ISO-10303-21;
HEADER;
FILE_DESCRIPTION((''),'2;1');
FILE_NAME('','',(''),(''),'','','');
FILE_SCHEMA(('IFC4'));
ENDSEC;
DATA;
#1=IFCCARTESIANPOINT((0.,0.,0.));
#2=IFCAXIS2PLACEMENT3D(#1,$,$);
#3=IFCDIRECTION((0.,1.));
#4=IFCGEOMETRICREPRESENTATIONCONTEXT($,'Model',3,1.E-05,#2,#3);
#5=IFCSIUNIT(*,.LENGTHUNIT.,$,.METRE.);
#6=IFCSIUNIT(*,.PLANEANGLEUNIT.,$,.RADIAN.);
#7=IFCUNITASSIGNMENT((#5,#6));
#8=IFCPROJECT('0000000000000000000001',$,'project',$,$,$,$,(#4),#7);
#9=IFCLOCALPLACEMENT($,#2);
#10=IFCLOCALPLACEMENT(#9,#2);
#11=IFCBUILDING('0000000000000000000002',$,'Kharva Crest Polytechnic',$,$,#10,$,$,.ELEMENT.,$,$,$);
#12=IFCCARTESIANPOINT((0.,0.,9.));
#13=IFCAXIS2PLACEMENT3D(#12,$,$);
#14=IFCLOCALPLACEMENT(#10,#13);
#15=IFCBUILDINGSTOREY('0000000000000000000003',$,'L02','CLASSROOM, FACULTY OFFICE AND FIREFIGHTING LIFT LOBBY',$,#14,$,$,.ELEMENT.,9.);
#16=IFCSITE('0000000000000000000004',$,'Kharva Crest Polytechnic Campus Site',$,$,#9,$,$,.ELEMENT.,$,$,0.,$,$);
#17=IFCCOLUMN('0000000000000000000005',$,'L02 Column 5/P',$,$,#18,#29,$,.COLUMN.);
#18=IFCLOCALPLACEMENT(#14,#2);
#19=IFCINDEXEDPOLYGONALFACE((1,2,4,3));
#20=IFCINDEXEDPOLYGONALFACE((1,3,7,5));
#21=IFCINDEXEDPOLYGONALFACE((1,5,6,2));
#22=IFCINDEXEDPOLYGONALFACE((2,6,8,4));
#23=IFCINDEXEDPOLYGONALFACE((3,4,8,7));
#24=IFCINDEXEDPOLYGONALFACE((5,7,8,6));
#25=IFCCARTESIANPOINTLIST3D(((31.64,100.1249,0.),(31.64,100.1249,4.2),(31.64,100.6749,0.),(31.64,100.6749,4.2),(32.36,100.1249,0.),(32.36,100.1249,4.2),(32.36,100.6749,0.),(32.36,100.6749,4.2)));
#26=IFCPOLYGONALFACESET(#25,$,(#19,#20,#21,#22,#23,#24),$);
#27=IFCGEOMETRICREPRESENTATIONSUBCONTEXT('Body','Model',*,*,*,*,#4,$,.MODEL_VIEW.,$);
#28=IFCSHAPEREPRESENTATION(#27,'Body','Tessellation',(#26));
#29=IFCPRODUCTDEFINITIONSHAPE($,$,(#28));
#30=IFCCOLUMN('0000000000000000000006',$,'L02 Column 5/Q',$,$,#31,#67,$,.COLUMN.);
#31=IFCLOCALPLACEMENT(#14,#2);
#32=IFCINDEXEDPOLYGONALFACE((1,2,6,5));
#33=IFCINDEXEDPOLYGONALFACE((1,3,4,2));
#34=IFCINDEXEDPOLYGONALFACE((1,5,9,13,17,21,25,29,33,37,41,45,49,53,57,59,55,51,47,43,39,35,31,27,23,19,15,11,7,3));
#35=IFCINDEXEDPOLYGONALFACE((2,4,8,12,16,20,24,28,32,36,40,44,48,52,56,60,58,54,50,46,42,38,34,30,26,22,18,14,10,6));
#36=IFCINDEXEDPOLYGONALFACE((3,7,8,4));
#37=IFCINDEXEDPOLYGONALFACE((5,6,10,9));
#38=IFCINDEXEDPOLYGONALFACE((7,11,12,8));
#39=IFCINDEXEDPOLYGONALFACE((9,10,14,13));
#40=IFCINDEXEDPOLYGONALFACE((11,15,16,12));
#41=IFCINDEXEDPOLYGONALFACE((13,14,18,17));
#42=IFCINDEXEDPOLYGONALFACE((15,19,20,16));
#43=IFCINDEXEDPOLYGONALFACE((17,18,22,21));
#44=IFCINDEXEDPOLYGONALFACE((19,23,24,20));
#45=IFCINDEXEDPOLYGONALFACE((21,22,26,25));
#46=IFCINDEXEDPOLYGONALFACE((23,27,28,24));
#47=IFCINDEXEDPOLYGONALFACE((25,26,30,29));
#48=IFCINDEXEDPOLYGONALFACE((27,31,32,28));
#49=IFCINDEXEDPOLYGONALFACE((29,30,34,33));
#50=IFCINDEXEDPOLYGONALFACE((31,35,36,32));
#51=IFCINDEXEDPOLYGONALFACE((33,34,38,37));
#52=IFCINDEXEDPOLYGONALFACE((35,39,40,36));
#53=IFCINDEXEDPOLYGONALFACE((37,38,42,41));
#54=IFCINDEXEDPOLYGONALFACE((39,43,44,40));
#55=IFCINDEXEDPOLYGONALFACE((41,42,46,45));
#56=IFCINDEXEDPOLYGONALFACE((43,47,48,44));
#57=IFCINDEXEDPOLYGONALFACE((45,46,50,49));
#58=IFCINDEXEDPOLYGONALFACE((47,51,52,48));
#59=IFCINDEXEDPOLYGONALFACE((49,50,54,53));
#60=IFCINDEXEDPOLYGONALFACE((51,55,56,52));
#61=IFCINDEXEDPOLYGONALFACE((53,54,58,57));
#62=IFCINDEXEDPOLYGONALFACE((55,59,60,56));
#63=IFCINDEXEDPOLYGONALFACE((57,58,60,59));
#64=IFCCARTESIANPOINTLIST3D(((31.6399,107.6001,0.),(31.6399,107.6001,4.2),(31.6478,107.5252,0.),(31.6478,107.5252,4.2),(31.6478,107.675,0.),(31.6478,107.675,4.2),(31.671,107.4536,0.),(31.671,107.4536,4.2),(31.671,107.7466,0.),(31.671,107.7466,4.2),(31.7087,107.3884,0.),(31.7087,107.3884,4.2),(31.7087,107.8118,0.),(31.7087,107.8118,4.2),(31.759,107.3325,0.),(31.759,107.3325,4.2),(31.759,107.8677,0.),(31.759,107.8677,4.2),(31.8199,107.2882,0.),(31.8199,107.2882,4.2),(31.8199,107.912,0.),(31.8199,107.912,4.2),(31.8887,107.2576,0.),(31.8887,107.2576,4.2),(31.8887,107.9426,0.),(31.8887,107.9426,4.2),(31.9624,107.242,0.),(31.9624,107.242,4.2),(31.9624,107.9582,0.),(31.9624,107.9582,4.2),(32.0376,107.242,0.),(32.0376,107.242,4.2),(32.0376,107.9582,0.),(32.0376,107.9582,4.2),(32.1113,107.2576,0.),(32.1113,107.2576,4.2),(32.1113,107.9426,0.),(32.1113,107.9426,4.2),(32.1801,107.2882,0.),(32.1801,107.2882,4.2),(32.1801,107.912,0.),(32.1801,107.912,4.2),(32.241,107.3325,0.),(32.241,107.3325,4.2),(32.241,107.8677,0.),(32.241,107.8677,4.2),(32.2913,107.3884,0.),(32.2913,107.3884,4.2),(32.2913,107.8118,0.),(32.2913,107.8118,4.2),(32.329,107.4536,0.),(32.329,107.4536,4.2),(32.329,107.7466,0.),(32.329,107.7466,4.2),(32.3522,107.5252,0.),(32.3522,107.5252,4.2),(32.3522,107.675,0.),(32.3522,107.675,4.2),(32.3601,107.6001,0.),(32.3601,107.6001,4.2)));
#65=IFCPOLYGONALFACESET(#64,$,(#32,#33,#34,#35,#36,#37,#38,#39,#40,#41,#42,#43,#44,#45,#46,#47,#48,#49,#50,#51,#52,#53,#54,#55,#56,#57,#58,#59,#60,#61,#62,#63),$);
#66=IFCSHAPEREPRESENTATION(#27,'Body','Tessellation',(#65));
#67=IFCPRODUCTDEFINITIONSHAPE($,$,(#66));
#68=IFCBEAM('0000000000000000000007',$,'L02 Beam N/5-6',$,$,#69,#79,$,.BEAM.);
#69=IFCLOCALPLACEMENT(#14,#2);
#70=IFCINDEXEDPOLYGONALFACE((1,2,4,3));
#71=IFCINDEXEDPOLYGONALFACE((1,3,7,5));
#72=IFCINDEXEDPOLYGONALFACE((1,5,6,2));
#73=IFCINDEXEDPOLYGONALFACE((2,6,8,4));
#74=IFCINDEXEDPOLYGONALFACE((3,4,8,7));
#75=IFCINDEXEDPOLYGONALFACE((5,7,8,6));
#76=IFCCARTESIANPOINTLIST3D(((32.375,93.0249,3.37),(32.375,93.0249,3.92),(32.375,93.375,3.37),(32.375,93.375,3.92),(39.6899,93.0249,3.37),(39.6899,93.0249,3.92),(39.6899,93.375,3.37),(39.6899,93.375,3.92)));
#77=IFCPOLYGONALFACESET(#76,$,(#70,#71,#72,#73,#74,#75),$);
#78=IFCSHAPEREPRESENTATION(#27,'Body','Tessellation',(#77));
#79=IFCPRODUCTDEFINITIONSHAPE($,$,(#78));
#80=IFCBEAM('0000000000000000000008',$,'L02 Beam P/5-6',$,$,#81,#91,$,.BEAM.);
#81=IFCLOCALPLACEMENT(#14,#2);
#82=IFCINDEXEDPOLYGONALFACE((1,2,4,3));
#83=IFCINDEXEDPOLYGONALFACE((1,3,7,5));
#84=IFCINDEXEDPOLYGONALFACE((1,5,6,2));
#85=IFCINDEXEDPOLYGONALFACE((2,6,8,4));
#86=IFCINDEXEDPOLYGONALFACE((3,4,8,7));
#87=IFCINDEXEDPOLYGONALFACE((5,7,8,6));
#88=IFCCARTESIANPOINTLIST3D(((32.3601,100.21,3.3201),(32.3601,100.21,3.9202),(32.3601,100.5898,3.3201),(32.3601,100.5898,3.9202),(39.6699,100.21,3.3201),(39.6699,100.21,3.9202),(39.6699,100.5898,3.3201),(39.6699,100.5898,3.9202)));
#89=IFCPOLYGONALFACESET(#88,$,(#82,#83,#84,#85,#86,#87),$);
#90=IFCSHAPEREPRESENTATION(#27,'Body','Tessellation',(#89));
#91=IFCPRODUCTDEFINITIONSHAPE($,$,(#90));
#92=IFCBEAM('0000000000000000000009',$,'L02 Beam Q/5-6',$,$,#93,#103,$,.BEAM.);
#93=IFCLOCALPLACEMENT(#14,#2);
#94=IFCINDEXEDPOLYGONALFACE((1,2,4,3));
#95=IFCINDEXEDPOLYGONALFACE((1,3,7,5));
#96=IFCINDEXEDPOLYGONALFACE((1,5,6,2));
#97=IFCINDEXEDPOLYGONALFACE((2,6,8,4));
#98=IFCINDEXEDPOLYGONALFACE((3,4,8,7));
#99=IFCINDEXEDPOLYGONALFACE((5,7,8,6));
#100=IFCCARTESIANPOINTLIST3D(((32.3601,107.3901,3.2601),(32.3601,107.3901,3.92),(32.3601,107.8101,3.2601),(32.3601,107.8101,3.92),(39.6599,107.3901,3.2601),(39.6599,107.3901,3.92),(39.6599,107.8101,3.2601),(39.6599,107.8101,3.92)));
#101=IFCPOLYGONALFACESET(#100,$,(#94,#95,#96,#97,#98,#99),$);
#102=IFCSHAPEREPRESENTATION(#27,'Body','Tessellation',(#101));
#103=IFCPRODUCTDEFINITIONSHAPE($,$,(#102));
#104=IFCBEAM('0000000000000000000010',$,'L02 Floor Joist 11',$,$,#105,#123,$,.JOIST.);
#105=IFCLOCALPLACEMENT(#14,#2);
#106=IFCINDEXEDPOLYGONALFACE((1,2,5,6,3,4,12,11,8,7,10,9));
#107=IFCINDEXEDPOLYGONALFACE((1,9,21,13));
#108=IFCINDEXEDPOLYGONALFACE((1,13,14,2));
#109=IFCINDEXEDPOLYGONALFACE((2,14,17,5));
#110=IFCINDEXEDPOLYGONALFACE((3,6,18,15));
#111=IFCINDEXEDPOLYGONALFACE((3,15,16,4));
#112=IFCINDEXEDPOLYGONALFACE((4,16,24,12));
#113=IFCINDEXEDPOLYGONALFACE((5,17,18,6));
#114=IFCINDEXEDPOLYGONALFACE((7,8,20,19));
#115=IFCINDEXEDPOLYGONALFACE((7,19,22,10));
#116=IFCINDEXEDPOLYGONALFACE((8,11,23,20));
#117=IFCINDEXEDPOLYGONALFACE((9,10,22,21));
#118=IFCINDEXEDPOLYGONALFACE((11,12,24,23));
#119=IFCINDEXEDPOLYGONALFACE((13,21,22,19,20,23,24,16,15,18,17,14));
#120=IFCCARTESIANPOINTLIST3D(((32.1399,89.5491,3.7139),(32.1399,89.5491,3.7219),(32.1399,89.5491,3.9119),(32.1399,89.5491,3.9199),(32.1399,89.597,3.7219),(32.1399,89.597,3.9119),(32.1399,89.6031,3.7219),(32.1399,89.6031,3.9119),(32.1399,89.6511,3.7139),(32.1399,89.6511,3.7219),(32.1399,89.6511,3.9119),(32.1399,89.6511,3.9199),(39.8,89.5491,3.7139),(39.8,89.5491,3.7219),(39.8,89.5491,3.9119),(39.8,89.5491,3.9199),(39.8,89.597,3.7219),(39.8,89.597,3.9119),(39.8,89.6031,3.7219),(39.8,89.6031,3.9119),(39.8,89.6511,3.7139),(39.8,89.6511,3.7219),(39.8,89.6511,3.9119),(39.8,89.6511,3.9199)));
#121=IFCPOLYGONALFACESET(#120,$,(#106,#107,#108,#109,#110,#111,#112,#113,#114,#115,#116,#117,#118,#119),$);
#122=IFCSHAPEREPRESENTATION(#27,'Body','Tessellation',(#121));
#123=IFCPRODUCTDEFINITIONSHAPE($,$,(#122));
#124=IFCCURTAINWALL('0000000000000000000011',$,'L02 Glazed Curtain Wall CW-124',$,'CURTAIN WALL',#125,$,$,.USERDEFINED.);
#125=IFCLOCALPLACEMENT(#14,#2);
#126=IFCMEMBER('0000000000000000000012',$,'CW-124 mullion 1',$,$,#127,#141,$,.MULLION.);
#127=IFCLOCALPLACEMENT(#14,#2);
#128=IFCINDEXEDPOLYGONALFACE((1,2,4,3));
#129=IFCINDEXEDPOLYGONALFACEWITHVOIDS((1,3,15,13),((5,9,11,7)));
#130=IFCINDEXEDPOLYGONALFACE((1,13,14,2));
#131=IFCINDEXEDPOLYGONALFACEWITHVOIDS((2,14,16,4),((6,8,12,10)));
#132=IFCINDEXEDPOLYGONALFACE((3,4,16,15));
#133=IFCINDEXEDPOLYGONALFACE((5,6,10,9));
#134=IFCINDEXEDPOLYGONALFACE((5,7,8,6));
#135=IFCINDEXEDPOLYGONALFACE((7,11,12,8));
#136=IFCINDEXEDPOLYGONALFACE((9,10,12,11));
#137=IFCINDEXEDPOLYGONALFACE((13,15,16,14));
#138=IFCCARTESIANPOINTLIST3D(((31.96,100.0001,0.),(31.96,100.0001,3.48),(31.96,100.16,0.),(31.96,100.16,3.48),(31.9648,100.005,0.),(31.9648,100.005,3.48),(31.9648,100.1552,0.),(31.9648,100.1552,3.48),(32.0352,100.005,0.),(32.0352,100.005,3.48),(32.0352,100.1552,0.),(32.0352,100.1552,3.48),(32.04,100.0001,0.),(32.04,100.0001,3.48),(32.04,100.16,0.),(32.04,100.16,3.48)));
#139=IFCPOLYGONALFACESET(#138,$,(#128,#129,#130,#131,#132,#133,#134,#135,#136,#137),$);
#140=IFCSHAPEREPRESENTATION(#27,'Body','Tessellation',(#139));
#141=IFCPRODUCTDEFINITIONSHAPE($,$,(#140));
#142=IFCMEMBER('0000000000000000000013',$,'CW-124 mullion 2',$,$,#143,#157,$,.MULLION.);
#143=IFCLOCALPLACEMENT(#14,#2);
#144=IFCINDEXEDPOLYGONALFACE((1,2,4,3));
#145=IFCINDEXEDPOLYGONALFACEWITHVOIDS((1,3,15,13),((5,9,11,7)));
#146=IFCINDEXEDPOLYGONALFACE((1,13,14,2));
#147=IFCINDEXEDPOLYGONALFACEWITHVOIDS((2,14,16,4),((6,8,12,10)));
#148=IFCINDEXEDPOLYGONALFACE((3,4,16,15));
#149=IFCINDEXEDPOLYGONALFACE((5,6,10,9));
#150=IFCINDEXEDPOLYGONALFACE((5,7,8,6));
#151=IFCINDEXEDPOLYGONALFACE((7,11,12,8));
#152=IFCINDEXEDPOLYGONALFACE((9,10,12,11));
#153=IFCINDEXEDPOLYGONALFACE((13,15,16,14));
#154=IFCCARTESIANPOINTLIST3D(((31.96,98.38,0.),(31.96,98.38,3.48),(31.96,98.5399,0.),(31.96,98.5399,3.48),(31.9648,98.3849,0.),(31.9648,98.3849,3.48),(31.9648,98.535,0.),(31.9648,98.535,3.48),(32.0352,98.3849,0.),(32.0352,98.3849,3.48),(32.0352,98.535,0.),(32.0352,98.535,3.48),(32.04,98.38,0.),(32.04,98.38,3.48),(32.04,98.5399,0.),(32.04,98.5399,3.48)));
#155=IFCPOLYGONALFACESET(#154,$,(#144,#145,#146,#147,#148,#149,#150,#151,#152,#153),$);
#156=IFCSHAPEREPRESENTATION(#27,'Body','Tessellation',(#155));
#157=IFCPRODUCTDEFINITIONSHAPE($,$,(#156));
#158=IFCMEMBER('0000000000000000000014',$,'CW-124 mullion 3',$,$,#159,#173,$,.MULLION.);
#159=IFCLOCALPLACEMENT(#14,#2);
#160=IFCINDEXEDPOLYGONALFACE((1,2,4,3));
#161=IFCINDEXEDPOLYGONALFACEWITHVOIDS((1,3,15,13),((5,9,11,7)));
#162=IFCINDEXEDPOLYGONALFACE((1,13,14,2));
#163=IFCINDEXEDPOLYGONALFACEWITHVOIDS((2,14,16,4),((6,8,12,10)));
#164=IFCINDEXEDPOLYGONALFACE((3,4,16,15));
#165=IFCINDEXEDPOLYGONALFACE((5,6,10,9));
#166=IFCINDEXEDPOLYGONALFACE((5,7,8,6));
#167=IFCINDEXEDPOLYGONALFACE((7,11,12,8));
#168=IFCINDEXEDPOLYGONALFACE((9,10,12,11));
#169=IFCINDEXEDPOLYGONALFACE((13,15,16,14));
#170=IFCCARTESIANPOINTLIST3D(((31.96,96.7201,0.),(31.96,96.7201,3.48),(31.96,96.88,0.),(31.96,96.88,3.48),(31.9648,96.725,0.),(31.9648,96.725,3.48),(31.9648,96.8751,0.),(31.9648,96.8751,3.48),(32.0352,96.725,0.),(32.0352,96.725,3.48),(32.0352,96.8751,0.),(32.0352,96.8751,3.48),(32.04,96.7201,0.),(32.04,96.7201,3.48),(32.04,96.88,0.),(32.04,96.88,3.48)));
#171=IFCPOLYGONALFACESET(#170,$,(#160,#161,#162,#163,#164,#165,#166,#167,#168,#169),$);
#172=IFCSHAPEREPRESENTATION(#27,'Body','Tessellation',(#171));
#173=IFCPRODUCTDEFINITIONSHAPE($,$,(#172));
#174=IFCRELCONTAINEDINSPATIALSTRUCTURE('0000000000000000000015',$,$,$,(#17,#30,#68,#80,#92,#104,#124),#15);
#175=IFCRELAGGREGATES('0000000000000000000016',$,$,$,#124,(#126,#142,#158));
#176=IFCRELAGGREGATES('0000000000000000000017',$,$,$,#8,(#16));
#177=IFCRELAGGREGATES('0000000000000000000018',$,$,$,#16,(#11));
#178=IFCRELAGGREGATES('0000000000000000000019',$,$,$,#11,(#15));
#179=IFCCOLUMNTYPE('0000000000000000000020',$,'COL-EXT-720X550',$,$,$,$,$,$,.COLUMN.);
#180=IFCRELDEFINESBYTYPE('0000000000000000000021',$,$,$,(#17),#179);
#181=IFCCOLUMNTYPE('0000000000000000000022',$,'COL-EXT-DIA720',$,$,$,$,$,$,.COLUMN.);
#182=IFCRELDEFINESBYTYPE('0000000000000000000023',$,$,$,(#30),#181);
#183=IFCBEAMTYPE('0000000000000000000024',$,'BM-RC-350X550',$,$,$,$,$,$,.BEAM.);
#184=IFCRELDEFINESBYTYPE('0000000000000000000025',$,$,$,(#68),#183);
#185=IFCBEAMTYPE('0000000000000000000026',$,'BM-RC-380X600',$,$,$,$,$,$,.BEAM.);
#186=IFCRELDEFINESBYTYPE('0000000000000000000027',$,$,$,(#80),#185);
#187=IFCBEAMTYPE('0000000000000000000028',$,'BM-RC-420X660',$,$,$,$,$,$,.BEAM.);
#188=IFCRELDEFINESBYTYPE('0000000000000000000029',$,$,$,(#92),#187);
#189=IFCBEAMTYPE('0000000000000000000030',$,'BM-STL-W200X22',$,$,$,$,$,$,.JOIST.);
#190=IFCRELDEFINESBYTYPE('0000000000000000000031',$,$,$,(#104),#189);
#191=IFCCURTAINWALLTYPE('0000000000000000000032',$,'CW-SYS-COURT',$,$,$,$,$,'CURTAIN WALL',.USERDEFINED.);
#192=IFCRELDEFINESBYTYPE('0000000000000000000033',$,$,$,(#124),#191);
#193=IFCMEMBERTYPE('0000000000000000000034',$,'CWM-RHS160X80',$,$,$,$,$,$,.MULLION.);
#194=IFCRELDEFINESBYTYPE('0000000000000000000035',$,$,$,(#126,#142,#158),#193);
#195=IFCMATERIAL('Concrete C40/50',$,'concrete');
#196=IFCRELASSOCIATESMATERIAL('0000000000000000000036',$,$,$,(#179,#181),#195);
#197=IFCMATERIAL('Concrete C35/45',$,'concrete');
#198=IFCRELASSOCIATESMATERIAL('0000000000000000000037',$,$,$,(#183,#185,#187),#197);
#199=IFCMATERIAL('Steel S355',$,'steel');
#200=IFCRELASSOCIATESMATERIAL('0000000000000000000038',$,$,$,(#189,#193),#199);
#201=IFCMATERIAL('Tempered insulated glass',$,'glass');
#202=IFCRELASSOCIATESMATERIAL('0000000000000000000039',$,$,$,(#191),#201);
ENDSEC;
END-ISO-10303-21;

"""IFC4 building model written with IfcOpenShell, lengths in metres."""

from ifc_helpers import new_model, si_unit, direction, frame, origin, origin_2d, place, context, subcontext, project, spatial, rectangle, hollow_rectangle, circle, i_section, extrude, material, material_profile, profile_set, type_object, element, aggregate, save


model = new_model("IFC4")

# Units and contexts
model_context = context("Model", 3, precision=1e-05, world=origin(), true_north=direction((0.0, 1.0)))
body_context = subcontext(model_context, "Body", "Model", "MODEL_VIEW")
ifc_project = project(units=[si_unit("LENGTHUNIT", "METRE"), si_unit("PLANEANGLEUNIT", "RADIAN")], contexts=[model_context])

# Site, building, storey
site_placement = place(None, origin())
site = spatial("IfcSite", under=ifc_project, at=site_placement, Name="Kharva Crest Polytechnic Campus Site", CompositionType="ELEMENT", RefElevation=0.0)
building_placement = place(site_placement, origin())
building = spatial("IfcBuilding", under=site, at=building_placement, Name="Kharva Crest Polytechnic", CompositionType="ELEMENT")
storey_placement = place(building_placement, frame((0.0, 0.0, 9.0)))
storey = spatial("IfcBuildingStorey", under=building, at=storey_placement, Name="L02", Description="CLASSROOM, FACULTY OFFICE AND FIREFIGHTING LIFT LOBBY", CompositionType="ELEMENT", Elevation=9.0)

# Columns
ifc_material_1 = material(Name="Concrete C40/50", Category="concrete")
ifc_material_profile_1 = material_profile(ifc_material_1, rectangle(XDim=0.72, YDim=0.55, at=origin_2d()), Name="RECT 720 X 550")
ifc_profile_set_1 = profile_set([ifc_material_profile_1], Name="Concrete C40/50")
column_type_1 = type_object("IfcColumnType", Name="COL-EXT-720X550", PredefinedType="COLUMN", material=ifc_profile_set_1)
column_1_placement = place(storey_placement, frame((32.0, 100.3999, 0.0), z_axis=(0.0, 0.0, 1.0), x_axis=(1.0, 0.0, 0.0)))
element("IfcColumn", 1, at=column_1_placement, inside=storey, type_object=column_type_1, Name="L02 Column 5/P", PredefinedType="COLUMN", context=body_context, shape_type="SweptSolid", body=[
    extrude(rectangle(XDim=0.72, YDim=0.55, at=origin_2d()), origin(), (0.0, 0.0, 1.0), 4.2),
])
ifc_material_profile_2 = material_profile(ifc_material_1, circle(Radius=0.3601, at=origin_2d()), Name="DIA 720")
ifc_profile_set_2 = profile_set([ifc_material_profile_2], Name="Concrete C40/50")
column_type_2 = type_object("IfcColumnType", Name="COL-EXT-DIA720", PredefinedType="COLUMN", material=ifc_profile_set_2)
column_2_placement = place(storey_placement, frame((32.0, 107.6001, 0.0), z_axis=(0.0, 0.0, 1.0), x_axis=(1.0, 0.0, 0.0)))
element("IfcColumn", 2, at=column_2_placement, inside=storey, type_object=column_type_2, Name="L02 Column 5/Q", PredefinedType="COLUMN", context=body_context, shape_type="SweptSolid", body=[
    extrude(circle(Radius=0.3601, at=origin_2d()), origin(), (0.0, 0.0, 1.0), 4.2),
])

# Beams
ifc_material_2 = material(Name="Concrete C35/45", Category="concrete")
ifc_material_profile_3 = material_profile(ifc_material_2, rectangle(XDim=0.3501, YDim=0.55, at=origin_2d()), Name="RECT 350 X 550")
ifc_profile_set_3 = profile_set([ifc_material_profile_3], Name="Concrete C35/45")
beam_type_1 = type_object("IfcBeamType", Name="BM-RC-350X550", PredefinedType="BEAM", material=ifc_profile_set_3)
beam_1_placement = place(storey_placement, frame((32.375, 93.2, 3.645), z_axis=(1.0, 0.0, 0.0), x_axis=(0.0, 1.0, 0.0)))
element("IfcBeam", 3, at=beam_1_placement, inside=storey, type_object=beam_type_1, Name="L02 Beam N/5-6", PredefinedType="BEAM", context=body_context, shape_type="SweptSolid", body=[
    extrude(rectangle(XDim=0.3501, YDim=0.55, at=origin_2d()), origin(), (0.0, 0.0, 1.0), 7.3149),
])
ifc_material_profile_4 = material_profile(ifc_material_2, rectangle(XDim=0.3799, YDim=0.6001, at=origin_2d()), Name="RECT 380 X 600")
ifc_profile_set_4 = profile_set([ifc_material_profile_4], Name="Concrete C35/45")
beam_type_2 = type_object("IfcBeamType", Name="BM-RC-380X600", PredefinedType="BEAM", material=ifc_profile_set_4)
beam_2_placement = place(storey_placement, frame((32.3601, 100.3999, 3.6201), z_axis=(1.0, 0.0, 0.0), x_axis=(0.0, 1.0, 0.0)))
element("IfcBeam", 4, at=beam_2_placement, inside=storey, type_object=beam_type_2, Name="L02 Beam P/5-6", PredefinedType="BEAM", context=body_context, shape_type="SweptSolid", body=[
    extrude(rectangle(XDim=0.3799, YDim=0.6001, at=origin_2d()), origin(), (0.0, 0.0, 1.0), 7.3098),
])
ifc_material_profile_5 = material_profile(ifc_material_2, rectangle(XDim=0.4199, YDim=0.6599, at=origin_2d()), Name="RECT 420 X 660")
ifc_profile_set_5 = profile_set([ifc_material_profile_5], Name="Concrete C35/45")
beam_type_3 = type_object("IfcBeamType", Name="BM-RC-420X660", PredefinedType="BEAM", material=ifc_profile_set_5)
beam_3_placement = place(storey_placement, frame((32.3601, 107.6001, 3.5901), z_axis=(1.0, 0.0, 0.0), x_axis=(0.0, 1.0, 0.0)))
element("IfcBeam", 5, at=beam_3_placement, inside=storey, type_object=beam_type_3, Name="L02 Beam Q/5-6", PredefinedType="BEAM", context=body_context, shape_type="SweptSolid", body=[
    extrude(rectangle(XDim=0.4199, YDim=0.6599, at=origin_2d()), origin(), (0.0, 0.0, 1.0), 7.2998),
])
ifc_material_3 = material(Name="Steel S355", Category="steel")
ifc_material_profile_6 = material_profile(ifc_material_3, i_section(OverallWidth=0.1021, OverallDepth=0.2061, WebThickness=0.0061, FlangeThickness=0.0081, at=origin_2d()), Name="W200X22.5")
ifc_profile_set_6 = profile_set([ifc_material_profile_6], Name="Steel S355")
beam_type_4 = type_object("IfcBeamType", Name="BM-STL-W200X22", PredefinedType="JOIST", material=ifc_profile_set_6)
beam_4_placement = place(storey_placement, frame((32.1399, 89.6001, 3.8169), z_axis=(1.0, 0.0, 0.0), x_axis=(0.0, 1.0, 0.0)))
element("IfcBeam", 6, at=beam_4_placement, inside=storey, type_object=beam_type_4, Name="L02 Floor Joist 11", PredefinedType="JOIST", context=body_context, shape_type="SweptSolid", body=[
    extrude(i_section(OverallWidth=0.1021, OverallDepth=0.2061, WebThickness=0.0061, FlangeThickness=0.0081, at=origin_2d()), origin(), (0.0, 0.0, 1.0), 7.6602),
])

# Curtain wall, members
ifc_material_4 = material(Name="Tempered insulated glass", Category="glass")
curtain_wall_type_1 = type_object("IfcCurtainWallType", Name="CW-SYS-COURT", ElementType="CURTAIN WALL", PredefinedType="USERDEFINED", material=ifc_material_4)
curtain_wall_1_placement = place(storey_placement, origin())
curtain_wall_1 = element("IfcCurtainWall", 7, at=curtain_wall_1_placement, inside=storey, type_object=curtain_wall_type_1, Name="L02 Glazed Curtain Wall CW-124", ObjectType="CURTAIN WALL", PredefinedType="USERDEFINED")
ifc_material_profile_7 = material_profile(ifc_material_3, hollow_rectangle(XDim=0.0801, YDim=0.1599, WallThickness=0.0049, at=origin_2d()), Name="RHS 160X80X5.0")
ifc_profile_set_7 = profile_set([ifc_material_profile_7], Name="Steel S355")
member_type_1 = type_object("IfcMemberType", Name="CWM-RHS160X80", PredefinedType="MULLION", material=ifc_profile_set_7)
member_1_placement = place(storey_placement, frame((32.0, 100.0801, 0.0), z_axis=(0.0, 0.0, 1.0), x_axis=(1.0, 0.0, 0.0)))
member_1 = element("IfcMember", 8, at=member_1_placement, type_object=member_type_1, Name="CW-124 mullion 1", PredefinedType="MULLION", context=body_context, shape_type="SweptSolid", body=[
    extrude(hollow_rectangle(XDim=0.0801, YDim=0.1599, WallThickness=0.0049, at=origin_2d()), origin(), (0.0, 0.0, 1.0), 3.48),
])
member_2_placement = place(storey_placement, frame((32.0, 98.46, 0.0), z_axis=(0.0, 0.0, 1.0), x_axis=(1.0, 0.0, 0.0)))
member_2 = element("IfcMember", 9, at=member_2_placement, type_object=member_type_1, Name="CW-124 mullion 2", PredefinedType="MULLION", context=body_context, shape_type="SweptSolid", body=[
    extrude(hollow_rectangle(XDim=0.0801, YDim=0.1599, WallThickness=0.0049, at=origin_2d()), origin(), (0.0, 0.0, 1.0), 3.48),
])
member_3_placement = place(storey_placement, frame((32.0, 96.8, 0.0), z_axis=(0.0, 0.0, 1.0), x_axis=(1.0, 0.0, 0.0)))
member_3 = element("IfcMember", 10, at=member_3_placement, type_object=member_type_1, Name="CW-124 mullion 3", PredefinedType="MULLION", context=body_context, shape_type="SweptSolid", body=[
    extrude(hollow_rectangle(XDim=0.0801, YDim=0.1599, WallThickness=0.0049, at=origin_2d()), origin(), (0.0, 0.0, 1.0), 3.48),
])

aggregate(curtain_wall_1, [member_1, member_2, member_3])

save(model, "model.ifc")
